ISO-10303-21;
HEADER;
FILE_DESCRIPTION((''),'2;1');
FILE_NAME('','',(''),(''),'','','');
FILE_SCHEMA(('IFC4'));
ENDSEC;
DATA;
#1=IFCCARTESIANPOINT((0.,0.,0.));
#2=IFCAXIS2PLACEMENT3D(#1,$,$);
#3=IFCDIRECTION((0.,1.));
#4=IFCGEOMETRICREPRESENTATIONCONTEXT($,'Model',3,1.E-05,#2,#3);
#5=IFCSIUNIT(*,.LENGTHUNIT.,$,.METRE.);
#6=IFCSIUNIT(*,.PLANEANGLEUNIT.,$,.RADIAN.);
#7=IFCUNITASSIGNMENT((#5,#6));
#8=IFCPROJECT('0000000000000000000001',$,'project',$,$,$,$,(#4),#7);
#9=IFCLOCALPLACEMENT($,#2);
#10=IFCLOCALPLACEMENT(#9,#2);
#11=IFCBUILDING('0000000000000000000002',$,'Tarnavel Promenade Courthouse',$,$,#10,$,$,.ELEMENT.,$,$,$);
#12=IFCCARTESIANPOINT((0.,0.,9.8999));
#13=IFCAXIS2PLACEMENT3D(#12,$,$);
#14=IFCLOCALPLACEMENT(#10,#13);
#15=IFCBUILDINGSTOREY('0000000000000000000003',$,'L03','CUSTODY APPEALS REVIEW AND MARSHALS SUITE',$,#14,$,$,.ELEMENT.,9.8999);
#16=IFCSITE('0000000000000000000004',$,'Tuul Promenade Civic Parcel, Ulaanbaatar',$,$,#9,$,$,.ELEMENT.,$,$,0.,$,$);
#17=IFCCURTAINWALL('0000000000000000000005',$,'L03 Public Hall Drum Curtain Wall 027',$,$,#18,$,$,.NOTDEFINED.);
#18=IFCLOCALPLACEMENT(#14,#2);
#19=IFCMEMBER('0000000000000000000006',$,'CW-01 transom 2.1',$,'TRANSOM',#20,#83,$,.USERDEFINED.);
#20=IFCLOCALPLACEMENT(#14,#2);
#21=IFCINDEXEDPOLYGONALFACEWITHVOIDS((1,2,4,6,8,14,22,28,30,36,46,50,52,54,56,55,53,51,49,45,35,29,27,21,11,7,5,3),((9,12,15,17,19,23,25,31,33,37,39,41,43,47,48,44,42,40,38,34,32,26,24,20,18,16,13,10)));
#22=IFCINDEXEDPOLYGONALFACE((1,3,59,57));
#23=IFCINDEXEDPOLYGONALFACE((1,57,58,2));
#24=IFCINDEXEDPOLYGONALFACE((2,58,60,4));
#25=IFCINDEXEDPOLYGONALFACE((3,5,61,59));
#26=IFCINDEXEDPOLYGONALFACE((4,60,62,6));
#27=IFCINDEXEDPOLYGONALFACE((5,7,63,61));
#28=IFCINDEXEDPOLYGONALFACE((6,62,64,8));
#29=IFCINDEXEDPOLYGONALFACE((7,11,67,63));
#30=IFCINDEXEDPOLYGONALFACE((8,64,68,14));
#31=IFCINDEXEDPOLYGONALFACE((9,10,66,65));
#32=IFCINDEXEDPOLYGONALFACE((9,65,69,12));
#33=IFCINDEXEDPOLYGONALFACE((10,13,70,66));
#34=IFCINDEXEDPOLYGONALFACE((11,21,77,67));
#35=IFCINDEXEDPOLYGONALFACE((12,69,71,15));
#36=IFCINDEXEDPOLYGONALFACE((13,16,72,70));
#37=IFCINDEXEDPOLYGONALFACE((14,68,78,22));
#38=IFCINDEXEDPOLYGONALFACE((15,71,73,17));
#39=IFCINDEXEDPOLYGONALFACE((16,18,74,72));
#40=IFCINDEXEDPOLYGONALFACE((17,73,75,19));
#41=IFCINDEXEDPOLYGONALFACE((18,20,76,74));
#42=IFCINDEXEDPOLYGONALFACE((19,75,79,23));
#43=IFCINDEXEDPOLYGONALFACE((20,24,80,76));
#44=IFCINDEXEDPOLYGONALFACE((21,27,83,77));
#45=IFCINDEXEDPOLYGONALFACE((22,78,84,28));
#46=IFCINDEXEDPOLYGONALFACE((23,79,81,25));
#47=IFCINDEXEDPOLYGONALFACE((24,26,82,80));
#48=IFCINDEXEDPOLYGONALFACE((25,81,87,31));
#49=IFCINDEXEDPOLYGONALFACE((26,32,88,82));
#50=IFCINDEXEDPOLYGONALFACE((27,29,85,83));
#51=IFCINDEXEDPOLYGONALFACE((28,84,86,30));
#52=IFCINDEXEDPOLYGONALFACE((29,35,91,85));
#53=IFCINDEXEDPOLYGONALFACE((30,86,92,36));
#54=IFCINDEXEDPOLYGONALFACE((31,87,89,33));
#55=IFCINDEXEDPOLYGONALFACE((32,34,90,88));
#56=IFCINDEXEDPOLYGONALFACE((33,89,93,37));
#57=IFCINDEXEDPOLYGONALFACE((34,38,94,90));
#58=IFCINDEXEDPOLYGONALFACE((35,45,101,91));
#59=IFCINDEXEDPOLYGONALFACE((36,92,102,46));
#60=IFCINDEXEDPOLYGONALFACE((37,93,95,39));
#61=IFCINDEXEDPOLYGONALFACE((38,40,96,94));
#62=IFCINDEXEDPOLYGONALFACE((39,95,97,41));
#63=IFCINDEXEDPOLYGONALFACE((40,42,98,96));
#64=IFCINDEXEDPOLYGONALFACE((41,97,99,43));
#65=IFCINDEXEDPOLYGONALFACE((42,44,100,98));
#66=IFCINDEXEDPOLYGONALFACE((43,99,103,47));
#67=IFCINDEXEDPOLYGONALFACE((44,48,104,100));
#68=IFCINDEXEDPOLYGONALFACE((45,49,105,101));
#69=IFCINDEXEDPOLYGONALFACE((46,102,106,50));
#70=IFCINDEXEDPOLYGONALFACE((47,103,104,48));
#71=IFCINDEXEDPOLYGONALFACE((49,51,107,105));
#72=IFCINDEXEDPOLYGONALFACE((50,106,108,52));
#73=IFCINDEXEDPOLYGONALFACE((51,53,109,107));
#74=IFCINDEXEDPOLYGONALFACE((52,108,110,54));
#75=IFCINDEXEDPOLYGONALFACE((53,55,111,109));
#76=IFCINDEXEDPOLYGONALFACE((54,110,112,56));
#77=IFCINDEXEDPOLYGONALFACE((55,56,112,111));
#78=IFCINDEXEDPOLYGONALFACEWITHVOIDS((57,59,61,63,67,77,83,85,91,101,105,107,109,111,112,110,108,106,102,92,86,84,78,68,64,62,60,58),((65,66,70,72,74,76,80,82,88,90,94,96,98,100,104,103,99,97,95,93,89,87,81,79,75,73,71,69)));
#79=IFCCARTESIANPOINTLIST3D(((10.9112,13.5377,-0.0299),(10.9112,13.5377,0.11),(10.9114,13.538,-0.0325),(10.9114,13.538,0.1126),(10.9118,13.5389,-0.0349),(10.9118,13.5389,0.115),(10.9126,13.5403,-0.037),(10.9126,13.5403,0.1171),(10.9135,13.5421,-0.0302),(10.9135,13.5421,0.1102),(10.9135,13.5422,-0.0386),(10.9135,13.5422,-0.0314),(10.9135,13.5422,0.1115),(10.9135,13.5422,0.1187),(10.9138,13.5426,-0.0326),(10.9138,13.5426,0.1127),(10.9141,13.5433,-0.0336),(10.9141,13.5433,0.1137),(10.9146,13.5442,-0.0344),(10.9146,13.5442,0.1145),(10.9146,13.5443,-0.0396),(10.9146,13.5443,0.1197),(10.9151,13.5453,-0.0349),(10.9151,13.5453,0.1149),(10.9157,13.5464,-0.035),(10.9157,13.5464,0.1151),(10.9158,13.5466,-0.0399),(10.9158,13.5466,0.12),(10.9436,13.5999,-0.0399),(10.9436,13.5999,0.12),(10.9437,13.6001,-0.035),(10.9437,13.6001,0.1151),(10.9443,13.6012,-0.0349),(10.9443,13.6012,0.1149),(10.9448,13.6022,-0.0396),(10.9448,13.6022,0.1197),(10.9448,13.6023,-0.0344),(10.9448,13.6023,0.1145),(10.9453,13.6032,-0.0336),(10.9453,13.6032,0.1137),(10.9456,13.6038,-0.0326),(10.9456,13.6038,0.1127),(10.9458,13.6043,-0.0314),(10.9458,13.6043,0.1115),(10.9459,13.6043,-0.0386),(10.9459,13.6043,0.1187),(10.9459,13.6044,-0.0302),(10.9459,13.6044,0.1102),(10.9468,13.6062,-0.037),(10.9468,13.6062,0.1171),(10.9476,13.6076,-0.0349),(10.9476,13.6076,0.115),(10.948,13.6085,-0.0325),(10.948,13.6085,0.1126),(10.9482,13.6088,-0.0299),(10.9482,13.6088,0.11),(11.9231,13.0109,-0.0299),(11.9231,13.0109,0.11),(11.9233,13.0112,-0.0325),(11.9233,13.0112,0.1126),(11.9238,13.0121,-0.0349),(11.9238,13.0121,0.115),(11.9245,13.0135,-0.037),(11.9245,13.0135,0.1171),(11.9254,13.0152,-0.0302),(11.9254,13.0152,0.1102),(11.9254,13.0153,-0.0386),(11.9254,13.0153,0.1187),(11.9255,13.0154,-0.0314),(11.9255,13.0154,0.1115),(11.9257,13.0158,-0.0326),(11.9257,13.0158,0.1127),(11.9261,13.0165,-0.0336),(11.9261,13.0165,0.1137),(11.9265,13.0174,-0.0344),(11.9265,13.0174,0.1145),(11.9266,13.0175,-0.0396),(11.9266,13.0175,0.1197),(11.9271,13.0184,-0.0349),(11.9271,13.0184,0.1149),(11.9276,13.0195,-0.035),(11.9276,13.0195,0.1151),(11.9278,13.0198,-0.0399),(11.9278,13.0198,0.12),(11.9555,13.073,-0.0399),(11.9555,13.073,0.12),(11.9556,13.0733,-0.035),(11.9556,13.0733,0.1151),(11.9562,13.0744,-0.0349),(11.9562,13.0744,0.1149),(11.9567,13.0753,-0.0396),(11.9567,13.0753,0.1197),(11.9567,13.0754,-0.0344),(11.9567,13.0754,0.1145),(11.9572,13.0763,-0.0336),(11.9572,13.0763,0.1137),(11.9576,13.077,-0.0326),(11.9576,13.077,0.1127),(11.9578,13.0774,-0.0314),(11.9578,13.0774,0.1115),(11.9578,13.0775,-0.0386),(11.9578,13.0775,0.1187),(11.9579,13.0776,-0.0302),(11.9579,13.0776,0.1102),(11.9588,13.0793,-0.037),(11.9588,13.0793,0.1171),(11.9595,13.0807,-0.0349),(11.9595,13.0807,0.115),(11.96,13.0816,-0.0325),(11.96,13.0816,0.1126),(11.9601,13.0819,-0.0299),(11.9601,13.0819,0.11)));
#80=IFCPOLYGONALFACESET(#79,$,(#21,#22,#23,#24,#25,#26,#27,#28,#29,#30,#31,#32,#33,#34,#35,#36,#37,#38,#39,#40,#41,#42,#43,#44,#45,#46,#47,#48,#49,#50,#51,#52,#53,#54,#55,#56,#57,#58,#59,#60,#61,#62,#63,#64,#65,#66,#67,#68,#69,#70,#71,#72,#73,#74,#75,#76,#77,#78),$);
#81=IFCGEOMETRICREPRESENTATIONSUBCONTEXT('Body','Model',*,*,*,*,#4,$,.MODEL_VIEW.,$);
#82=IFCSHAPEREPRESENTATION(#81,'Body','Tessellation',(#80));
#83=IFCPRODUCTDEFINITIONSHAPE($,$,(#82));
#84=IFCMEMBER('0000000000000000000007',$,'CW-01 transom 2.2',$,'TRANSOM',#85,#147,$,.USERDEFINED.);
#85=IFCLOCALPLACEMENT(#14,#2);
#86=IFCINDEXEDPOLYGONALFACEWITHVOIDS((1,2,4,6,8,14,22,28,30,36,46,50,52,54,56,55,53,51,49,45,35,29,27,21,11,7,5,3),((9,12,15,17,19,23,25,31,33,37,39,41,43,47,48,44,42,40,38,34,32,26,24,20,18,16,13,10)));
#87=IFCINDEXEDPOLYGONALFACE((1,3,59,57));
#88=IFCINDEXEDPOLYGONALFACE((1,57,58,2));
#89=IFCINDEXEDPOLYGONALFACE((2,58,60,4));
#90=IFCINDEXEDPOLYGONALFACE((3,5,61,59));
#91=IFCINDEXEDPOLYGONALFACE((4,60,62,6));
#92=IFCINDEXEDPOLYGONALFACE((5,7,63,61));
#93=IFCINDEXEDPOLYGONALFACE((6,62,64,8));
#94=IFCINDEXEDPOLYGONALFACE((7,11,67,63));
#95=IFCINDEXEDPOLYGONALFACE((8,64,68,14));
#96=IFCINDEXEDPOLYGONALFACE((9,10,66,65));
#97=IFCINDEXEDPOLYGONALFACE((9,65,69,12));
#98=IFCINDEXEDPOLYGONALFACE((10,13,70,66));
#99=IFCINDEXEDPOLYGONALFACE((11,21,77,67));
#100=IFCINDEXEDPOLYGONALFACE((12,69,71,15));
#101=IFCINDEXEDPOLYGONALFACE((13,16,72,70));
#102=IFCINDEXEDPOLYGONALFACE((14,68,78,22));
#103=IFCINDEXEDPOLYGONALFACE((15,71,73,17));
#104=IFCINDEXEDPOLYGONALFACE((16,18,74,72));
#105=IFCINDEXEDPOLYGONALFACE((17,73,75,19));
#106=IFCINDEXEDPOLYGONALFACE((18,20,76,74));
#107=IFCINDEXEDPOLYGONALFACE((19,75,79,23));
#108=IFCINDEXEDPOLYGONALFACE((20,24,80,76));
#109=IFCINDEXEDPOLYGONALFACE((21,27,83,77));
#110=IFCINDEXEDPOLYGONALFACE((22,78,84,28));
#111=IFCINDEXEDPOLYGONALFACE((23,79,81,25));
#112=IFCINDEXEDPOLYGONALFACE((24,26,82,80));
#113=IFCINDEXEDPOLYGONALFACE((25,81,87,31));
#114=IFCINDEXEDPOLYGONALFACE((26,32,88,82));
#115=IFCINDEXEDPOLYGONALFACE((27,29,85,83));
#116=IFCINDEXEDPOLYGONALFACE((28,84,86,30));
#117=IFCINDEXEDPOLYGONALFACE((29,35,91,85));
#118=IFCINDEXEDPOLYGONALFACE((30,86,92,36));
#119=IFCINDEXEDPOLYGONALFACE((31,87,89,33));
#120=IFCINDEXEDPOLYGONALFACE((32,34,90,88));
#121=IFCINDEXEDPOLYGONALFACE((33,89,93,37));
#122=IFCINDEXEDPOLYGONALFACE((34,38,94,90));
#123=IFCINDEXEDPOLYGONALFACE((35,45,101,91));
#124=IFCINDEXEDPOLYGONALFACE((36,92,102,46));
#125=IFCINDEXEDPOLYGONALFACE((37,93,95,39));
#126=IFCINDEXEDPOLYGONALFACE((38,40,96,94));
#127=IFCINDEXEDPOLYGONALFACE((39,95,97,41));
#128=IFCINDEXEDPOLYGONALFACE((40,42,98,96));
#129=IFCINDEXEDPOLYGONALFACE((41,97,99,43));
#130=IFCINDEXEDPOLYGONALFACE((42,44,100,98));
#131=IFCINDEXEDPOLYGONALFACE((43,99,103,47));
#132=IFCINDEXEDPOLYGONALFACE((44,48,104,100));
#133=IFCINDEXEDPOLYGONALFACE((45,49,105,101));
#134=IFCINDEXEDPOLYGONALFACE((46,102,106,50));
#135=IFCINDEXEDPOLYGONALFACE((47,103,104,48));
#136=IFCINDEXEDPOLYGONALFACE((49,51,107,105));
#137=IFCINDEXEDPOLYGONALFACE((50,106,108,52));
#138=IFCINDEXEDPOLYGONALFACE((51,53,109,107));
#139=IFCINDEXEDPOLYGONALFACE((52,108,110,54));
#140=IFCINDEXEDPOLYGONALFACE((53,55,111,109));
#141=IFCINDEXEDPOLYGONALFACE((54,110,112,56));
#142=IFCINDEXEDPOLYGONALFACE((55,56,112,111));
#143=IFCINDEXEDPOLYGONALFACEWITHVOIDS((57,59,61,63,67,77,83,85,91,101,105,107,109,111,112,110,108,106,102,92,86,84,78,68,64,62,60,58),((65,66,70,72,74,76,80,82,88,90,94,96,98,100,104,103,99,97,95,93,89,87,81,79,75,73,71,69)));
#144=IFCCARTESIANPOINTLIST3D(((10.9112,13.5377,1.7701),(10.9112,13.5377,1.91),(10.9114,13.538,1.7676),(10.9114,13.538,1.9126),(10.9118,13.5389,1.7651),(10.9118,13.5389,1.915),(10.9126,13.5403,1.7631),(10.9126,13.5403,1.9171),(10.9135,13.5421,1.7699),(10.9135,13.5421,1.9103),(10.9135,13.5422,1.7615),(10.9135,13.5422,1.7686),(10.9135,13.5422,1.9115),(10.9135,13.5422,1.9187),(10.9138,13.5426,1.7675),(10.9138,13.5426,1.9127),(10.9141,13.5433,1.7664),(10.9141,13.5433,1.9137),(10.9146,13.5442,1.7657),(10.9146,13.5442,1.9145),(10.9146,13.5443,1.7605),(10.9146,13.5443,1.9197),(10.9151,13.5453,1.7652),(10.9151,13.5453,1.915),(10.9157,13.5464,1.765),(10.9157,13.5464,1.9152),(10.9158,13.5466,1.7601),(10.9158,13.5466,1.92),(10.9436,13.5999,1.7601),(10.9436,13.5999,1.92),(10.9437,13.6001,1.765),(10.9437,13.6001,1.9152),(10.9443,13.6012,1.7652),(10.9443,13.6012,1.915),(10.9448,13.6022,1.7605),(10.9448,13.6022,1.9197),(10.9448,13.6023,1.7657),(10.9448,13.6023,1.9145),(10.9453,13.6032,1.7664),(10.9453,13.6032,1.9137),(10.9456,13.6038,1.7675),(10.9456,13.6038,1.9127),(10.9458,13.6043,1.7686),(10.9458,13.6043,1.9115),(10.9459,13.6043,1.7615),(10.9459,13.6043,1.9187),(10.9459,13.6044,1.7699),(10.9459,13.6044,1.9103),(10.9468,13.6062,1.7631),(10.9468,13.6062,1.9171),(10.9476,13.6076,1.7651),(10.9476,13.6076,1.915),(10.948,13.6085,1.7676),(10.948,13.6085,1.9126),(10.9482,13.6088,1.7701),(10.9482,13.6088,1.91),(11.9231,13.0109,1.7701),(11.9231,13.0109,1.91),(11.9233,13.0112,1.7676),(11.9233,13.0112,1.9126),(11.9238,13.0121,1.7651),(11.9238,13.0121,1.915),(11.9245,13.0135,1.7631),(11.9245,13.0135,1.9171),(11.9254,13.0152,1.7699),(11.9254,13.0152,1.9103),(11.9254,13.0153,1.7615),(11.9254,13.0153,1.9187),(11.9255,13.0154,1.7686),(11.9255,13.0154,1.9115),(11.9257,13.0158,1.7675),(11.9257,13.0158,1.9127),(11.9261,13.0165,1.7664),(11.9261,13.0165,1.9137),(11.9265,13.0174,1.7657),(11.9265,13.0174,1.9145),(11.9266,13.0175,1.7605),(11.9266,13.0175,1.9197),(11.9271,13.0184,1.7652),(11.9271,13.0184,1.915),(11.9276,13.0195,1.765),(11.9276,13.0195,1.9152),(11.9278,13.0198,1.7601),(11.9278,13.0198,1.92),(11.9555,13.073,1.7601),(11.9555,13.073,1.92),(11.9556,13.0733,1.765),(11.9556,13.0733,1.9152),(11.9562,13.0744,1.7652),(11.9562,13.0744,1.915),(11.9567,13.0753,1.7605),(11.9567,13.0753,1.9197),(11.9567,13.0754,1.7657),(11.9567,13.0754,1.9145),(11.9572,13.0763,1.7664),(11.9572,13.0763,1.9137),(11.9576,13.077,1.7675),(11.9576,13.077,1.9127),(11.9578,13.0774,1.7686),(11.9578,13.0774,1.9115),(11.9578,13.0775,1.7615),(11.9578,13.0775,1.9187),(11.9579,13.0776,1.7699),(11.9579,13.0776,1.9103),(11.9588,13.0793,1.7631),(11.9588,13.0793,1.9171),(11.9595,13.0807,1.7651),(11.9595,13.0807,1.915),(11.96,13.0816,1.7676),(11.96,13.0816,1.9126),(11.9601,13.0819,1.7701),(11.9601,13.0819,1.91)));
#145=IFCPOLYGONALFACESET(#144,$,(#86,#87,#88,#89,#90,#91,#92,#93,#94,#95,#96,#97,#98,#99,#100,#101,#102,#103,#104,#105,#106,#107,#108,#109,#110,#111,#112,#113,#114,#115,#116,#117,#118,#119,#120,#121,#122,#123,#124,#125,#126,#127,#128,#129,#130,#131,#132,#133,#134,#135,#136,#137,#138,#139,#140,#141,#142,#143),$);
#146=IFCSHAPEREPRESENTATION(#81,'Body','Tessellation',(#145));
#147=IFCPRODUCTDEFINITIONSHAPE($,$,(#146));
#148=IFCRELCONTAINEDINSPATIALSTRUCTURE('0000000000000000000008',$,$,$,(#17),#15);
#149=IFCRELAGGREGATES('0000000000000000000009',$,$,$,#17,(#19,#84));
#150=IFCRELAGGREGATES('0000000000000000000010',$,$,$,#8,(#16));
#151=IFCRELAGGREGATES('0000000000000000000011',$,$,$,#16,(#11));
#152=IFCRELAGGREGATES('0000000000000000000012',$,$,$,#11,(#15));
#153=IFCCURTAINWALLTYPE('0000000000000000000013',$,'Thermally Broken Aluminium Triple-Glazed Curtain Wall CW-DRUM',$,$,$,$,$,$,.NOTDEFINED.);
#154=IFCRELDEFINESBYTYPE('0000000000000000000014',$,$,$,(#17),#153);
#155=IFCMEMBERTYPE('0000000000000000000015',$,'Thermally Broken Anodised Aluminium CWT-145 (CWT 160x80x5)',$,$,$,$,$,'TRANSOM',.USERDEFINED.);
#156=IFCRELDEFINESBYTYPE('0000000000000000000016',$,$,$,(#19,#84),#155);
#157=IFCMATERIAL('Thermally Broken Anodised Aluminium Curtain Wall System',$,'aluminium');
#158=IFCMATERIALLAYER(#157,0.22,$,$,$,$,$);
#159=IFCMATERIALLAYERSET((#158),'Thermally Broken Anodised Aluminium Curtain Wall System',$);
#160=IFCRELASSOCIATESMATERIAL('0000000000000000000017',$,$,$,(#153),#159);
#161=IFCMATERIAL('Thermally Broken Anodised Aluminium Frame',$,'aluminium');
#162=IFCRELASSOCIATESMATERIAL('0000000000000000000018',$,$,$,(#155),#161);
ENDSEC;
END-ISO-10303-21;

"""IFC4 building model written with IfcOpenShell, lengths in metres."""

from ifc_helpers import new_model, si_unit, direction, frame, origin, origin_2d, place, context, subcontext, project, spatial, hollow_rectangle, extrude, material, layer, layer_set, material_profile, profile_set, type_object, element, aggregate, save


model = new_model("IFC4")

# Units and contexts
model_context = context("Model", 3, precision=1e-05, world=origin(), true_north=direction((0.0, 1.0)))
body_context = subcontext(model_context, "Body", "Model", "MODEL_VIEW")
ifc_project = project(units=[si_unit("LENGTHUNIT", "METRE"), si_unit("PLANEANGLEUNIT", "RADIAN")], contexts=[model_context])

# Site, building, storey
site_placement = place(None, origin())
site = spatial("IfcSite", under=ifc_project, at=site_placement, Name="Tuul Promenade Civic Parcel, Ulaanbaatar", CompositionType="ELEMENT", RefElevation=0.0)
building_placement = place(site_placement, origin())
building = spatial("IfcBuilding", under=site, at=building_placement, Name="Tarnavel Promenade Courthouse", CompositionType="ELEMENT")
storey_placement = place(building_placement, frame((0.0, 0.0, 9.8999)))
storey = spatial("IfcBuildingStorey", under=building, at=storey_placement, Name="L03", Description="CUSTODY APPEALS REVIEW AND MARSHALS SUITE", CompositionType="ELEMENT", Elevation=9.8999)

# Curtain wall, members
ifc_material_1 = material(Name="Thermally Broken Anodised Aluminium Curtain Wall System", Category="aluminium")
ifc_layer_1 = layer(ifc_material_1, 0.22)
ifc_layer_set_1 = layer_set([ifc_layer_1], Name="Thermally Broken Anodised Aluminium Curtain Wall System")
curtain_wall_type = type_object("IfcCurtainWallType", Name="Thermally Broken Aluminium Triple-Glazed Curtain Wall CW-DRUM", PredefinedType="NOTDEFINED", material=ifc_layer_set_1)
curtain_wall_placement = place(storey_placement, origin())
curtain_wall = element("IfcCurtainWall", 1, at=curtain_wall_placement, inside=storey, type_object=curtain_wall_type, Name="L03 Public Hall Drum Curtain Wall 027", PredefinedType="NOTDEFINED")
ifc_material_2 = material(Name="Thermally Broken Anodised Aluminium Frame", Category="aluminium")
ifc_material_profile_1 = material_profile(ifc_material_2, hollow_rectangle(XDim=0.0801, YDim=0.1599, WallThickness=0.0049, InnerFilletRadius=0.0049, OuterFilletRadius=0.01, at=origin_2d()), Name="CWT 160x80x5")
ifc_profile_set_1 = profile_set([ifc_material_profile_1], Name="Thermally Broken Anodised Aluminium Frame")
member_type_1 = type_object("IfcMemberType", Name="Thermally Broken Anodised Aluminium CWT-145 (CWT 160x80x5)", ElementType="TRANSOM", PredefinedType="USERDEFINED", material=ifc_profile_set_1)
member_1_placement = place(storey_placement, frame((10.9297, 13.5732, 0.04), z_axis=(0.886989, -0.461791, 0.0), x_axis=(0.461791, 0.886989, 0.0)))
member_1 = element("IfcMember", 2, at=member_1_placement, type_object=member_type_1, Name="CW-01 transom 2.1", ObjectType="TRANSOM", PredefinedType="USERDEFINED", context=body_context, shape_type="SweptSolid", body=[
    extrude(hollow_rectangle(XDim=0.0801, YDim=0.1599, WallThickness=0.0049, InnerFilletRadius=0.0049, OuterFilletRadius=0.01, at=origin_2d()), origin(), (0.0, 0.0, 1.0), 1.1409),
])
member_2_placement = place(storey_placement, frame((10.9297, 13.5732, 1.8401), z_axis=(0.886989, -0.461791, 0.0), x_axis=(0.461791, 0.886989, 0.0)))
member_2 = element("IfcMember", 3, at=member_2_placement, type_object=member_type_1, Name="CW-01 transom 2.2", ObjectType="TRANSOM", PredefinedType="USERDEFINED", context=body_context, shape_type="SweptSolid", body=[
    extrude(hollow_rectangle(XDim=0.0801, YDim=0.1599, WallThickness=0.0049, InnerFilletRadius=0.0049, OuterFilletRadius=0.01, at=origin_2d()), origin(), (0.0, 0.0, 1.0), 1.1409),
])

aggregate(curtain_wall, [member_1, member_2])

save(model, "model.ifc")
